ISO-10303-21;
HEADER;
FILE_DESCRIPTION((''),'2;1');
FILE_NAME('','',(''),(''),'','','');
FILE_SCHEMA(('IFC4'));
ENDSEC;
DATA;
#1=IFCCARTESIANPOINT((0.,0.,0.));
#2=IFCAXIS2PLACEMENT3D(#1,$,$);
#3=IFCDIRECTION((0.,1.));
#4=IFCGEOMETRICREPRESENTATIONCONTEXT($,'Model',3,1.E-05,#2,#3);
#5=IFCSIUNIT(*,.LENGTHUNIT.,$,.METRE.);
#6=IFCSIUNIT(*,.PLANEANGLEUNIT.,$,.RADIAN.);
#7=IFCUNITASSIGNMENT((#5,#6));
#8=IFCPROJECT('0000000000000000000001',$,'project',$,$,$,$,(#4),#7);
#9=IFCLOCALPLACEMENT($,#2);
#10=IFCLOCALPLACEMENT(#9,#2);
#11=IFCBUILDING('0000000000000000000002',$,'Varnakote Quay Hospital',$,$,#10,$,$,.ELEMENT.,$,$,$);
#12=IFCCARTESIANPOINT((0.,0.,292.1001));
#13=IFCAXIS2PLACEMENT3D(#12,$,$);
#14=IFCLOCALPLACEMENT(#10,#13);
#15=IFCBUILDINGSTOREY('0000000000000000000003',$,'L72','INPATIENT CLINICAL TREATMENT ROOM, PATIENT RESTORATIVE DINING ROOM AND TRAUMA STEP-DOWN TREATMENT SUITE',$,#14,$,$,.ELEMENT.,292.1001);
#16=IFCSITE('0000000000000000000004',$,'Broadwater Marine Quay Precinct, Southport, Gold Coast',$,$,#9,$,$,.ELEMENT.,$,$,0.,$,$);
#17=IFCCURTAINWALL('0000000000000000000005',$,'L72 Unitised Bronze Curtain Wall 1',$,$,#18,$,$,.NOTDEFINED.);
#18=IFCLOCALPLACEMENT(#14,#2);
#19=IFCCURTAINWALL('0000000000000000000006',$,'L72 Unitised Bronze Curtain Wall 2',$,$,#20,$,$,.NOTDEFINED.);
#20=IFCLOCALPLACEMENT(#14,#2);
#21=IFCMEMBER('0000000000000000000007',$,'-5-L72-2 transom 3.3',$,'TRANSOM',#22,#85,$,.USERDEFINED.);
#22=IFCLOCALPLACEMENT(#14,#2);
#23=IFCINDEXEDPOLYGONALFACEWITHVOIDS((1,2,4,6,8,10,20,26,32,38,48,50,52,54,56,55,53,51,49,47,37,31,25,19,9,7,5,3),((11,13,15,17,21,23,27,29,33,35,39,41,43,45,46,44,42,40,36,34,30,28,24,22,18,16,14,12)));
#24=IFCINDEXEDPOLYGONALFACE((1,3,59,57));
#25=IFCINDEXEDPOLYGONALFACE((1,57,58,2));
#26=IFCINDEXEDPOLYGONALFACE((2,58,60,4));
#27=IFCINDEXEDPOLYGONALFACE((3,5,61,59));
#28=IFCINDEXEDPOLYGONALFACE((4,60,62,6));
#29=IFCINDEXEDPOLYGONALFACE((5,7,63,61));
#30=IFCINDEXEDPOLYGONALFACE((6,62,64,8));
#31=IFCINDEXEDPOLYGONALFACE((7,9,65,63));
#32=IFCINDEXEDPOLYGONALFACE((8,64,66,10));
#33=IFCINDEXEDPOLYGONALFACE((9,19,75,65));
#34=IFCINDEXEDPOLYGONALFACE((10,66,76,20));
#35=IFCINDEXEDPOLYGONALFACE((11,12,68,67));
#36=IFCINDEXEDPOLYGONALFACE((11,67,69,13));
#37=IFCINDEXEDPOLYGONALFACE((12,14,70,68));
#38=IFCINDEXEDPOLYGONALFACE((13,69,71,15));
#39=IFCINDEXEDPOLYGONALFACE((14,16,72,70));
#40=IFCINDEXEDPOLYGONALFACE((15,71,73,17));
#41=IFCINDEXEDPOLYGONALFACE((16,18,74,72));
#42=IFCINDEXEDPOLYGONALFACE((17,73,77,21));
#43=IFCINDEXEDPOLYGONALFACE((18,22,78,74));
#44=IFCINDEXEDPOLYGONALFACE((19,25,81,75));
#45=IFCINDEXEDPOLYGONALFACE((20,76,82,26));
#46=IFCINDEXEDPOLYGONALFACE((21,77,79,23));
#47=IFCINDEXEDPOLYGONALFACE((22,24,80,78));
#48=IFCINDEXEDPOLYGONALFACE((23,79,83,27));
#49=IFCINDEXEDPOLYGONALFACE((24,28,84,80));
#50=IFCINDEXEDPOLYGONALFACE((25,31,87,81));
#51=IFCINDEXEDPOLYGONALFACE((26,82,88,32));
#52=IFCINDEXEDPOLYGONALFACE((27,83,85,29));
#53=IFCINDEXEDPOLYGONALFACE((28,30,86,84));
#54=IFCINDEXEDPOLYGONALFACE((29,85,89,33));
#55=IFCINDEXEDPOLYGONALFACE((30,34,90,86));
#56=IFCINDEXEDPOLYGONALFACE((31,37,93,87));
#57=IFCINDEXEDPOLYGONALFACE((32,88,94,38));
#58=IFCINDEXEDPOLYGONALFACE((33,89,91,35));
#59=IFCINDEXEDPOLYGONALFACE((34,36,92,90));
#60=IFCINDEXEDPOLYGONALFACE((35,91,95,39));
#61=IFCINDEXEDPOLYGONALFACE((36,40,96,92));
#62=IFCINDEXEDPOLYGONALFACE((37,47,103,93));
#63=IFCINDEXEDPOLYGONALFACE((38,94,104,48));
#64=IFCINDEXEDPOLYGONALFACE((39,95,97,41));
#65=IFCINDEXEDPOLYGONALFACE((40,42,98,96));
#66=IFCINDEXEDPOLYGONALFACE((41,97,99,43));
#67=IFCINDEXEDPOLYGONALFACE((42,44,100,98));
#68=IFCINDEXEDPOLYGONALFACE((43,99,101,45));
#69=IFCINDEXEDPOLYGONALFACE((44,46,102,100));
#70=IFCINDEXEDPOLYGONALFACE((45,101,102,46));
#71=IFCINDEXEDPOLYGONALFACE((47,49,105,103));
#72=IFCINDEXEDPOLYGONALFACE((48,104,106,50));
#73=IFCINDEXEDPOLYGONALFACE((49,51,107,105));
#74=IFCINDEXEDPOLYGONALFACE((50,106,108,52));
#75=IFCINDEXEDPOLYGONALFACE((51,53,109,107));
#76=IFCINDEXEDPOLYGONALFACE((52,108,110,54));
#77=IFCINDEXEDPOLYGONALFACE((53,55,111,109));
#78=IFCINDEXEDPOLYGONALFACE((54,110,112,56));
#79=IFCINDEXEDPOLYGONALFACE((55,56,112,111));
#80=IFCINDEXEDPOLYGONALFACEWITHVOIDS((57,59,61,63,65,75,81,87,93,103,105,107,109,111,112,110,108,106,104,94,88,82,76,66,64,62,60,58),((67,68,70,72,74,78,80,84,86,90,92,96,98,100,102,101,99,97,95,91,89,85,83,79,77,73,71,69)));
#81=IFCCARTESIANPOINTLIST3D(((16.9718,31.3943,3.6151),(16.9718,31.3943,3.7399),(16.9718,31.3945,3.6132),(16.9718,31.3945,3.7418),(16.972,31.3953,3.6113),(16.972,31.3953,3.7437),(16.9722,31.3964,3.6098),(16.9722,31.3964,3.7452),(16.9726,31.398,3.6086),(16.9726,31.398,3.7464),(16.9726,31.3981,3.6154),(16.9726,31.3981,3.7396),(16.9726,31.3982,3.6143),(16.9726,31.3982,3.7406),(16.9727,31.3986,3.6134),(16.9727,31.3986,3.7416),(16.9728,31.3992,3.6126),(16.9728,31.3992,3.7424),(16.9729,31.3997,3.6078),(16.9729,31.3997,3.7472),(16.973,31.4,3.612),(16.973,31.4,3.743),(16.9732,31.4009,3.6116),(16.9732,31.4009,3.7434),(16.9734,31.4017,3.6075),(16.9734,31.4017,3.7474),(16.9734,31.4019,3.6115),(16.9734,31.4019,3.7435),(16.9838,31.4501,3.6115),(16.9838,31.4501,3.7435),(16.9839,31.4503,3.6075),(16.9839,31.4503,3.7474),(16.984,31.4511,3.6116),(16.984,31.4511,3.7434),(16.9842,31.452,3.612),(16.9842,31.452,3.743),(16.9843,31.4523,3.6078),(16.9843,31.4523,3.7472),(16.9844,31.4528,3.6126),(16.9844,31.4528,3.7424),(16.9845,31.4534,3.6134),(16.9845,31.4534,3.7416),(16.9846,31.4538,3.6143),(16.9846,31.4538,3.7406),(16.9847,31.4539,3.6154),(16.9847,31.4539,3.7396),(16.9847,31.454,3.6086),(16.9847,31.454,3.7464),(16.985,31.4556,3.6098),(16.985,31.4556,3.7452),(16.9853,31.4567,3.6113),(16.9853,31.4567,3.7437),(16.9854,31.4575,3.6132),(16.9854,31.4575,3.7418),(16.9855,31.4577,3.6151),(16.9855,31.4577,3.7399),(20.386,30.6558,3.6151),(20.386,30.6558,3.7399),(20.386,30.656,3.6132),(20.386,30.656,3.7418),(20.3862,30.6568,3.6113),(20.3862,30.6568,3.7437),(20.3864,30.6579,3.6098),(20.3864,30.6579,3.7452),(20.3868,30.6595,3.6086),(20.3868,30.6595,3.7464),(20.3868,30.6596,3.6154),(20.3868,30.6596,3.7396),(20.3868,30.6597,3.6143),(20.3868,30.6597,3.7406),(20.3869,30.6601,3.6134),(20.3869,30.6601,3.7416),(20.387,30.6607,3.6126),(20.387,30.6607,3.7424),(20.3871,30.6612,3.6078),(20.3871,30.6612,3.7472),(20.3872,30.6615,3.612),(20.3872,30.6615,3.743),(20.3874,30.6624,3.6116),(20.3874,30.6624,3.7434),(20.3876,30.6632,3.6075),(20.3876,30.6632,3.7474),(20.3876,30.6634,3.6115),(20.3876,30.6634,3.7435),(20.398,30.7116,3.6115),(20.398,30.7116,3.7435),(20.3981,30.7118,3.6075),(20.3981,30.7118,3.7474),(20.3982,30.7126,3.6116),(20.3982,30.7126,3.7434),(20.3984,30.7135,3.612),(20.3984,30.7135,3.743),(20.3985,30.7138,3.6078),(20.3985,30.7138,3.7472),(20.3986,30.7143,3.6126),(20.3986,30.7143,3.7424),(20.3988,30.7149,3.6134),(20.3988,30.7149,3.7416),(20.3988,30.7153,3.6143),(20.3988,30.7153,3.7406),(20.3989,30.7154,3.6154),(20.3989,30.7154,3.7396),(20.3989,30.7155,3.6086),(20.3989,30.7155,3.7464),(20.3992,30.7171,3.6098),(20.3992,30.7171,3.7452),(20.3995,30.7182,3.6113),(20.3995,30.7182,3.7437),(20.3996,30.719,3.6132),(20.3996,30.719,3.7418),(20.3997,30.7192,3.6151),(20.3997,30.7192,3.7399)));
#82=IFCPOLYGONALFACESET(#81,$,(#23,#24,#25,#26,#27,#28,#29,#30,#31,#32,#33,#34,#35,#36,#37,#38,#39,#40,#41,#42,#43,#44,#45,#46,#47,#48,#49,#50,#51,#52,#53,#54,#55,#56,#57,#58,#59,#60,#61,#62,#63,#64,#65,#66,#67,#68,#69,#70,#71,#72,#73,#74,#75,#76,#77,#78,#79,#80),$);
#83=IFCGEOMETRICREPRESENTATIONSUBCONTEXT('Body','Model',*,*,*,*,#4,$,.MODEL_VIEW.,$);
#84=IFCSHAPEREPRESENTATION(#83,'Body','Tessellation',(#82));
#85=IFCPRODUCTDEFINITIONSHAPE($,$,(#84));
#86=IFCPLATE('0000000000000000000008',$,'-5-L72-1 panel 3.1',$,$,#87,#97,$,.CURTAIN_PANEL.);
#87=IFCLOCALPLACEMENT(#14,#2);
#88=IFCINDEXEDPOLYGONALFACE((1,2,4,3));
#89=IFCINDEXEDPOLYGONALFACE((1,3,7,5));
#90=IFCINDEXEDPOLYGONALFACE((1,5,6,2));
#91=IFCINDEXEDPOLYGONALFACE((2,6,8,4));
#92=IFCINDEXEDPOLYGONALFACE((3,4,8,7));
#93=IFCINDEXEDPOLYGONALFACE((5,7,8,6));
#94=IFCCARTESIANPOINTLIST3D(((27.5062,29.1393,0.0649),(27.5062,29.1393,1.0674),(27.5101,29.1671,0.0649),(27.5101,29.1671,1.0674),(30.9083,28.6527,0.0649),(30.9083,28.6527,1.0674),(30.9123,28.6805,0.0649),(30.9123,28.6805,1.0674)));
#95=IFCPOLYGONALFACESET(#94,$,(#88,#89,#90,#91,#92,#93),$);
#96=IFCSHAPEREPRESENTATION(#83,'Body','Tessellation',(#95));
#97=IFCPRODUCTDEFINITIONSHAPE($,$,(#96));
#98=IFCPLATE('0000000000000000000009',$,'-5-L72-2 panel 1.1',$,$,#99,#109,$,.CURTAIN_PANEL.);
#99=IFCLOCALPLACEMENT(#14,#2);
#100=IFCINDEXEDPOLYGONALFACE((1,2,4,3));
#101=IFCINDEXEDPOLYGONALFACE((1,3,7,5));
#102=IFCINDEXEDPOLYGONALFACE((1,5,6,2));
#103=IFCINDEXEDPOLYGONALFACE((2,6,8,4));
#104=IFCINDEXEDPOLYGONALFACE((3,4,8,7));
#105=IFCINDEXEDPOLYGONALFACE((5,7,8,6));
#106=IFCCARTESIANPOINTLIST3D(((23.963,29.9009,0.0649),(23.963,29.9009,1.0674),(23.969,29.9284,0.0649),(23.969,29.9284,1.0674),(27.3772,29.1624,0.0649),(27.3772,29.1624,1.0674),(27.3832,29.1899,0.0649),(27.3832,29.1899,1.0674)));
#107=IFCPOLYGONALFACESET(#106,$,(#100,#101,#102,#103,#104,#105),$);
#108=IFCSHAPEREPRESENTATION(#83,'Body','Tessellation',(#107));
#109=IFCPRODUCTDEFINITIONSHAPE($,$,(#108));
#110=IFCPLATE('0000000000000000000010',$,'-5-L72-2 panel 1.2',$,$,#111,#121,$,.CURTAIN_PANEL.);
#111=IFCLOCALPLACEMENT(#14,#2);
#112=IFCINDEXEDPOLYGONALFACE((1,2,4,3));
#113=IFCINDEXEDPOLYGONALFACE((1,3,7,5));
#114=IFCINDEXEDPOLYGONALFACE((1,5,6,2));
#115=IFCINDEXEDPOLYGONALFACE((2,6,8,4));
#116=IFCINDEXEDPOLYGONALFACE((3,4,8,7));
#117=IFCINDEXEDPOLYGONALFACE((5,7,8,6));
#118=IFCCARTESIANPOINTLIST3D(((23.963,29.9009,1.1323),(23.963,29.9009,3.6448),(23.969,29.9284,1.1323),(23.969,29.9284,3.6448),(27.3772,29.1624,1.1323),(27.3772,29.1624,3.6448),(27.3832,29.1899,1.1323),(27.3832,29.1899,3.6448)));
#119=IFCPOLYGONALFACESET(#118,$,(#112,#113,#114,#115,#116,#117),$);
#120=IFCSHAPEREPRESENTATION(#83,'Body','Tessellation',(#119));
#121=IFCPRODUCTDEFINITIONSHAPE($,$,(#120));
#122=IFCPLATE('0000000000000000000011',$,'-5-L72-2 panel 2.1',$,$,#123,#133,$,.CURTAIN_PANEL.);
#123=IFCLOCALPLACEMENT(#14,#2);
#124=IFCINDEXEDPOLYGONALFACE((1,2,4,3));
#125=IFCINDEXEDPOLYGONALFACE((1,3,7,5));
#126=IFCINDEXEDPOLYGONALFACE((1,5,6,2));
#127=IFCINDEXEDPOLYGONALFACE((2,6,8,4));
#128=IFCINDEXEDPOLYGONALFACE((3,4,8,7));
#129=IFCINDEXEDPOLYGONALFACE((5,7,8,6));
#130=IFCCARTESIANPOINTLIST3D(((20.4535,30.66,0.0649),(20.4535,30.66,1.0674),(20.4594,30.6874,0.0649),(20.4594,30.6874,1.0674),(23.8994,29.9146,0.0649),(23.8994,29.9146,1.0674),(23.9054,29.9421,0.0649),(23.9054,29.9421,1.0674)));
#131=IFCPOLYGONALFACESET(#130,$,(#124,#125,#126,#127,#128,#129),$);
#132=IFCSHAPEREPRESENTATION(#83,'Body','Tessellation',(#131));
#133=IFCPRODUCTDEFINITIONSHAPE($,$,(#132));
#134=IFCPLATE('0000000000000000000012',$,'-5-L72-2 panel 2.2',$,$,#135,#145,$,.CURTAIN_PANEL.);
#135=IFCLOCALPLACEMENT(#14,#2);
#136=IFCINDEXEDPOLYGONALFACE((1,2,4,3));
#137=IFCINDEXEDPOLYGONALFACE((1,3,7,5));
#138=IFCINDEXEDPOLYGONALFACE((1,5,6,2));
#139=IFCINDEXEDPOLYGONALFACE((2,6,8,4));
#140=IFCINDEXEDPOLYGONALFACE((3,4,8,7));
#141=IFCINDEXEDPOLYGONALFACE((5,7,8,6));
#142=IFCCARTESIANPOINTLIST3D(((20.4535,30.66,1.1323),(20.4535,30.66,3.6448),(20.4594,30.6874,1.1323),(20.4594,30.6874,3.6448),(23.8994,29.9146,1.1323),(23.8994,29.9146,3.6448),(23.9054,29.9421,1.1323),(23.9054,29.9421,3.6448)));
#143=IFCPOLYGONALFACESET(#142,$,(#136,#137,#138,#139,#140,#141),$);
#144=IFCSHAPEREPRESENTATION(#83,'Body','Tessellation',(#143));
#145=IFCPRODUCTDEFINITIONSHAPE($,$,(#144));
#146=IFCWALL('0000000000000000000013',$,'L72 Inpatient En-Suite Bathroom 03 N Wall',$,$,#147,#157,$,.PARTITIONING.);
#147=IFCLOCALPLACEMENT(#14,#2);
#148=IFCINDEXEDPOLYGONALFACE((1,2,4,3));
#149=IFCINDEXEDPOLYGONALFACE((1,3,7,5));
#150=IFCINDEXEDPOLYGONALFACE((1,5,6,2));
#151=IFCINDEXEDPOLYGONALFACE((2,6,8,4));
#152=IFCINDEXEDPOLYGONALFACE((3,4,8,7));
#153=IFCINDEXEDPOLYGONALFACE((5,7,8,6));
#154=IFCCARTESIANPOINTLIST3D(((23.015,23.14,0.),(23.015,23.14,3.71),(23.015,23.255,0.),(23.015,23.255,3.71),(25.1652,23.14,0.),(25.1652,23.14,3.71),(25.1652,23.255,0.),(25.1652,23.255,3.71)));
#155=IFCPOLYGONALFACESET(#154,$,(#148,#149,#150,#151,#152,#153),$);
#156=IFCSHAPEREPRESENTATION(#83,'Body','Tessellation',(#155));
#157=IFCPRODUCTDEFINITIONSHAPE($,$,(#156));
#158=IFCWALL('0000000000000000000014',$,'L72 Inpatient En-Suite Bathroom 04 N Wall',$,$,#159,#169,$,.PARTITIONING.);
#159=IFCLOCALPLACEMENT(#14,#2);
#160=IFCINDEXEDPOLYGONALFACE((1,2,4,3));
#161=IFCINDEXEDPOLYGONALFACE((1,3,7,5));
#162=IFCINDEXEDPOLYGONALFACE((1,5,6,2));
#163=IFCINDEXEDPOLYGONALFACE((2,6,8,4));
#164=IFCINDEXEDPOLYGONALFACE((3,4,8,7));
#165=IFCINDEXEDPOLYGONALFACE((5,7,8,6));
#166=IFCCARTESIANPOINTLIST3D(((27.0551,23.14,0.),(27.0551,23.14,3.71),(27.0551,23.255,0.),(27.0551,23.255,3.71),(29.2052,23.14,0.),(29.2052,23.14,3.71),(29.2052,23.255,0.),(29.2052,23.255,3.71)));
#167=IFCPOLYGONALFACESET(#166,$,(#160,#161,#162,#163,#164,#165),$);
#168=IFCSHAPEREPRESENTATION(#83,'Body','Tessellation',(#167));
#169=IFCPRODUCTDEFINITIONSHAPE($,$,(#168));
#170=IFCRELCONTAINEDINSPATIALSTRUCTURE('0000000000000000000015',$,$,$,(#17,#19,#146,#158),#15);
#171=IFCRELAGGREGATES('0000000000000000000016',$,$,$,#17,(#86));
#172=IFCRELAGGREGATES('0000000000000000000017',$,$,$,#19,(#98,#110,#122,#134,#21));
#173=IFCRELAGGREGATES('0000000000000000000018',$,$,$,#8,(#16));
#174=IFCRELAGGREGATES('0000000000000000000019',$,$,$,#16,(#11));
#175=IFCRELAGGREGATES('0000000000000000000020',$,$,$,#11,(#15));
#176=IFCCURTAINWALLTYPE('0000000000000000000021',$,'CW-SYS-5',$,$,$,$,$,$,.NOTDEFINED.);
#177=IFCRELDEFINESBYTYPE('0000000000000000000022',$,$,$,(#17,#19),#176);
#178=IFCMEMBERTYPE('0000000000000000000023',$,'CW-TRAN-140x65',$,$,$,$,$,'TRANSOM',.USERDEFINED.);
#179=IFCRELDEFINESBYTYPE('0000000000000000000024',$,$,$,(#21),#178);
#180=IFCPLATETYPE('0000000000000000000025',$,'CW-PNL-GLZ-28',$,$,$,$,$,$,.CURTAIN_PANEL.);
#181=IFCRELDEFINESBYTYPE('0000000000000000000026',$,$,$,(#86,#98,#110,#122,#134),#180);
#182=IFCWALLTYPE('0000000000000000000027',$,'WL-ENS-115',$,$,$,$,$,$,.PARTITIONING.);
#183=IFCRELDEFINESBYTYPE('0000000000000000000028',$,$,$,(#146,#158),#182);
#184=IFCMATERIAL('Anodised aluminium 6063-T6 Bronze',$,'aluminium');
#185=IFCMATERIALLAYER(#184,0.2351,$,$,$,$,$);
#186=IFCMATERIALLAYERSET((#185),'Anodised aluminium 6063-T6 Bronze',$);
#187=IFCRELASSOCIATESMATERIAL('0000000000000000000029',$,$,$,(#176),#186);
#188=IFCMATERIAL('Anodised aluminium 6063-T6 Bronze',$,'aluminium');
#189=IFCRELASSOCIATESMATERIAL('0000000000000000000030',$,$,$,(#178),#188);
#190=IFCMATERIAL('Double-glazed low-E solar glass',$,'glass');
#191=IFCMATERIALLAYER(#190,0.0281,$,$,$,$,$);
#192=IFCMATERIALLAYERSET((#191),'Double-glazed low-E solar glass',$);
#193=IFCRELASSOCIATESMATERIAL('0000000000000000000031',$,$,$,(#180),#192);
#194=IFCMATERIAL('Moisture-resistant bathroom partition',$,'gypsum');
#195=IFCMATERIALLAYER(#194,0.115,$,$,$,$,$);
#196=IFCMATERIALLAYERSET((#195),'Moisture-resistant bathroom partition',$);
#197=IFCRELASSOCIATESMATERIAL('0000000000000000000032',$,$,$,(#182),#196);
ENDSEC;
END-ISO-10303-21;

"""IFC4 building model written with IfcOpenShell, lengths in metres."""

from ifc_helpers import new_model, si_unit, direction, frame, frame_2d, origin, origin_2d, place, context, subcontext, project, spatial, rectangle, hollow_rectangle, extrude, material, layer, layer_set, material_profile, profile_set, type_object, element, aggregate, save


model = new_model("IFC4")

# Units and contexts
model_context = context("Model", 3, precision=1e-05, world=origin(), true_north=direction((0.0, 1.0)))
body_context = subcontext(model_context, "Body", "Model", "MODEL_VIEW")
ifc_project = project(units=[si_unit("LENGTHUNIT", "METRE"), si_unit("PLANEANGLEUNIT", "RADIAN")], contexts=[model_context])

# Site, building, storey
site_placement = place(None, origin())
site = spatial("IfcSite", under=ifc_project, at=site_placement, Name="Broadwater Marine Quay Precinct, Southport, Gold Coast", CompositionType="ELEMENT", RefElevation=0.0)
building_placement = place(site_placement, origin())
building = spatial("IfcBuilding", under=site, at=building_placement, Name="Varnakote Quay Hospital", CompositionType="ELEMENT")
storey_placement = place(building_placement, frame((0.0, 0.0, 292.1001)))
storey = spatial("IfcBuildingStorey", under=building, at=storey_placement, Name="L72", Description="INPATIENT CLINICAL TREATMENT ROOM, PATIENT RESTORATIVE DINING ROOM AND TRAUMA STEP-DOWN TREATMENT SUITE", CompositionType="ELEMENT", Elevation=292.1001)

# Curtain wall
ifc_material_1 = material(Name="Anodised aluminium 6063-T6 Bronze", Category="aluminium")
ifc_layer_1 = layer(ifc_material_1, 0.2351)
ifc_layer_set_1 = layer_set([ifc_layer_1], Name="Anodised aluminium 6063-T6 Bronze")
curtain_wall_type = type_object("IfcCurtainWallType", Name="CW-SYS-5", PredefinedType="NOTDEFINED", material=ifc_layer_set_1)
curtain_wall_1_placement = place(storey_placement, origin())
curtain_wall_1 = element("IfcCurtainWall", 1, at=curtain_wall_1_placement, inside=storey, type_object=curtain_wall_type, Name="L72 Unitised Bronze Curtain Wall 1", PredefinedType="NOTDEFINED")

# Curtain wall, member
curtain_wall_2_placement = place(storey_placement, origin())
curtain_wall_2 = element("IfcCurtainWall", 2, at=curtain_wall_2_placement, inside=storey, type_object=curtain_wall_type, Name="L72 Unitised Bronze Curtain Wall 2", PredefinedType="NOTDEFINED")
ifc_material_2 = material(Name="Anodised aluminium 6063-T6 Bronze", Category="aluminium")
ifc_material_profile_1 = material_profile(ifc_material_2, hollow_rectangle(XDim=0.0649, YDim=0.1399, WallThickness=0.0039, InnerFilletRadius=0.0039, OuterFilletRadius=0.0076, at=origin_2d()), Name="CW-TRAN-140x65")
ifc_profile_set_1 = profile_set([ifc_material_profile_1], Name="Anodised aluminium 6063-T6 Bronze")
member_type_1 = type_object("IfcMemberType", Name="CW-TRAN-140x65", ElementType="TRANSOM", PredefinedType="USERDEFINED", material=ifc_profile_set_1)
member_1_placement = place(storey_placement, frame((20.3928, 30.6875, 3.6775), z_axis=(-0.977397, 0.211414, 0.0), x_axis=(-0.211414, -0.977397, 0.0)))
member_1 = element("IfcMember", 3, at=member_1_placement, type_object=member_type_1, Name="-5-L72-2 transom 3.3", ObjectType="TRANSOM", PredefinedType="USERDEFINED", context=body_context, shape_type="SweptSolid", body=[
    extrude(hollow_rectangle(XDim=0.0649, YDim=0.1399, WallThickness=0.0039, InnerFilletRadius=0.0039, OuterFilletRadius=0.0076, at=origin_2d()), origin(), (0.0, 0.0, 1.0), 3.4932),
])

# Plates
ifc_material_3 = material(Name="Double-glazed low-E solar glass", Category="glass")
ifc_layer_2 = layer(ifc_material_3, 0.0281)
ifc_layer_set_2 = layer_set([ifc_layer_2], Name="Double-glazed low-E solar glass")
plate_type = type_object("IfcPlateType", Name="CW-PNL-GLZ-28", PredefinedType="CURTAIN_PANEL", material=ifc_layer_set_2)
plate_1_placement = place(storey_placement, frame((29.2092, 28.9099, 0.0649), z_axis=(0.0, 0.0, 1.0), x_axis=(-0.989928, 0.141572, 0.0)))
plate_1 = element("IfcPlate", 4, at=plate_1_placement, type_object=plate_type, Name="-5-L72-1 panel 3.1", PredefinedType="CURTAIN_PANEL", context=body_context, shape_type="SweptSolid", body=[
    extrude(rectangle(XDim=3.4368, YDim=0.0281, at=origin_2d()), origin(), (0.0, 0.0, 1.0), 1.0024),
])
aggregate(curtain_wall_1, [plate_1])
plate_2_placement = place(storey_placement, frame((25.6731, 29.5454, 0.0649), z_axis=(0.0, 0.0, 1.0), x_axis=(-0.977398, 0.211408, 0.0)))
plate_2 = element("IfcPlate", 5, at=plate_2_placement, type_object=plate_type, Name="-5-L72-2 panel 1.1", PredefinedType="CURTAIN_PANEL", context=body_context, shape_type="SweptSolid", body=[
    extrude(rectangle(XDim=3.4932, YDim=0.0281, at=origin_2d()), origin(), (0.0, 0.0, 1.0), 1.0024),
])
plate_3_placement = place(storey_placement, frame((25.6731, 29.5454, 1.1323), z_axis=(0.0, 0.0, 1.0), x_axis=(-0.977398, 0.211408, 0.0)))
plate_3 = element("IfcPlate", 6, at=plate_3_placement, type_object=plate_type, Name="-5-L72-2 panel 1.2", PredefinedType="CURTAIN_PANEL", context=body_context, shape_type="SweptSolid", body=[
    extrude(rectangle(XDim=3.4932, YDim=0.0281, at=origin_2d()), origin(), (0.0, 0.0, 1.0), 2.5125),
])
plate_4_placement = place(storey_placement, frame((22.1794, 30.301, 0.0649), z_axis=(0.0, 0.0, 1.0), x_axis=(-0.977398, 0.211408, 0.0)))
plate_4 = element("IfcPlate", 7, at=plate_4_placement, type_object=plate_type, Name="-5-L72-2 panel 2.1", PredefinedType="CURTAIN_PANEL", context=body_context, shape_type="SweptSolid", body=[
    extrude(rectangle(XDim=3.5256, YDim=0.0281, at=origin_2d()), origin(), (0.0, 0.0, 1.0), 1.0024),
])
plate_5_placement = place(storey_placement, frame((22.1794, 30.301, 1.1323), z_axis=(0.0, 0.0, 1.0), x_axis=(-0.977398, 0.211408, 0.0)))
plate_5 = element("IfcPlate", 8, at=plate_5_placement, type_object=plate_type, Name="-5-L72-2 panel 2.2", PredefinedType="CURTAIN_PANEL", context=body_context, shape_type="SweptSolid", body=[
    extrude(rectangle(XDim=3.5256, YDim=0.0281, at=origin_2d()), origin(), (0.0, 0.0, 1.0), 2.5125),
])
aggregate(curtain_wall_2, [plate_2, plate_3, plate_4, plate_5, member_1])

# Walls
ifc_material_4 = material(Name="Moisture-resistant bathroom partition", Category="gypsum")
ifc_layer_3 = layer(ifc_material_4, 0.115)
ifc_layer_set_3 = layer_set([ifc_layer_3], Name="Moisture-resistant bathroom partition")
wall_type_1 = type_object("IfcWallType", Name="WL-ENS-115", PredefinedType="PARTITIONING", material=ifc_layer_set_3)
for number, where, z_axis, x_axis, name in (
    (9, (23.0149, 23.1975, 0.0), (0.0, 0.0, 1.0), (1.0, 0.0, 0.0), "L72 Inpatient En-Suite Bathroom 03 N Wall"),
    (10, (27.0549, 23.1975, 0.0), (0.0, 0.0, 1.0), (1.0, 0.0, 0.0), "L72 Inpatient En-Suite Bathroom 04 N Wall"),
):
    element("IfcWall", number, at=place(storey_placement, frame(where, z_axis=z_axis, x_axis=x_axis)), inside=storey, type_object=wall_type_1, Name=name, PredefinedType="PARTITIONING", context=body_context, shape_type="SweptSolid", body=[
        extrude(rectangle(XDim=2.1501, YDim=0.115, at=frame_2d((1.0752, 0.0))), origin(), (0.0, 0.0, 1.0), 3.71),
    ])

save(model, "model.ifc")
